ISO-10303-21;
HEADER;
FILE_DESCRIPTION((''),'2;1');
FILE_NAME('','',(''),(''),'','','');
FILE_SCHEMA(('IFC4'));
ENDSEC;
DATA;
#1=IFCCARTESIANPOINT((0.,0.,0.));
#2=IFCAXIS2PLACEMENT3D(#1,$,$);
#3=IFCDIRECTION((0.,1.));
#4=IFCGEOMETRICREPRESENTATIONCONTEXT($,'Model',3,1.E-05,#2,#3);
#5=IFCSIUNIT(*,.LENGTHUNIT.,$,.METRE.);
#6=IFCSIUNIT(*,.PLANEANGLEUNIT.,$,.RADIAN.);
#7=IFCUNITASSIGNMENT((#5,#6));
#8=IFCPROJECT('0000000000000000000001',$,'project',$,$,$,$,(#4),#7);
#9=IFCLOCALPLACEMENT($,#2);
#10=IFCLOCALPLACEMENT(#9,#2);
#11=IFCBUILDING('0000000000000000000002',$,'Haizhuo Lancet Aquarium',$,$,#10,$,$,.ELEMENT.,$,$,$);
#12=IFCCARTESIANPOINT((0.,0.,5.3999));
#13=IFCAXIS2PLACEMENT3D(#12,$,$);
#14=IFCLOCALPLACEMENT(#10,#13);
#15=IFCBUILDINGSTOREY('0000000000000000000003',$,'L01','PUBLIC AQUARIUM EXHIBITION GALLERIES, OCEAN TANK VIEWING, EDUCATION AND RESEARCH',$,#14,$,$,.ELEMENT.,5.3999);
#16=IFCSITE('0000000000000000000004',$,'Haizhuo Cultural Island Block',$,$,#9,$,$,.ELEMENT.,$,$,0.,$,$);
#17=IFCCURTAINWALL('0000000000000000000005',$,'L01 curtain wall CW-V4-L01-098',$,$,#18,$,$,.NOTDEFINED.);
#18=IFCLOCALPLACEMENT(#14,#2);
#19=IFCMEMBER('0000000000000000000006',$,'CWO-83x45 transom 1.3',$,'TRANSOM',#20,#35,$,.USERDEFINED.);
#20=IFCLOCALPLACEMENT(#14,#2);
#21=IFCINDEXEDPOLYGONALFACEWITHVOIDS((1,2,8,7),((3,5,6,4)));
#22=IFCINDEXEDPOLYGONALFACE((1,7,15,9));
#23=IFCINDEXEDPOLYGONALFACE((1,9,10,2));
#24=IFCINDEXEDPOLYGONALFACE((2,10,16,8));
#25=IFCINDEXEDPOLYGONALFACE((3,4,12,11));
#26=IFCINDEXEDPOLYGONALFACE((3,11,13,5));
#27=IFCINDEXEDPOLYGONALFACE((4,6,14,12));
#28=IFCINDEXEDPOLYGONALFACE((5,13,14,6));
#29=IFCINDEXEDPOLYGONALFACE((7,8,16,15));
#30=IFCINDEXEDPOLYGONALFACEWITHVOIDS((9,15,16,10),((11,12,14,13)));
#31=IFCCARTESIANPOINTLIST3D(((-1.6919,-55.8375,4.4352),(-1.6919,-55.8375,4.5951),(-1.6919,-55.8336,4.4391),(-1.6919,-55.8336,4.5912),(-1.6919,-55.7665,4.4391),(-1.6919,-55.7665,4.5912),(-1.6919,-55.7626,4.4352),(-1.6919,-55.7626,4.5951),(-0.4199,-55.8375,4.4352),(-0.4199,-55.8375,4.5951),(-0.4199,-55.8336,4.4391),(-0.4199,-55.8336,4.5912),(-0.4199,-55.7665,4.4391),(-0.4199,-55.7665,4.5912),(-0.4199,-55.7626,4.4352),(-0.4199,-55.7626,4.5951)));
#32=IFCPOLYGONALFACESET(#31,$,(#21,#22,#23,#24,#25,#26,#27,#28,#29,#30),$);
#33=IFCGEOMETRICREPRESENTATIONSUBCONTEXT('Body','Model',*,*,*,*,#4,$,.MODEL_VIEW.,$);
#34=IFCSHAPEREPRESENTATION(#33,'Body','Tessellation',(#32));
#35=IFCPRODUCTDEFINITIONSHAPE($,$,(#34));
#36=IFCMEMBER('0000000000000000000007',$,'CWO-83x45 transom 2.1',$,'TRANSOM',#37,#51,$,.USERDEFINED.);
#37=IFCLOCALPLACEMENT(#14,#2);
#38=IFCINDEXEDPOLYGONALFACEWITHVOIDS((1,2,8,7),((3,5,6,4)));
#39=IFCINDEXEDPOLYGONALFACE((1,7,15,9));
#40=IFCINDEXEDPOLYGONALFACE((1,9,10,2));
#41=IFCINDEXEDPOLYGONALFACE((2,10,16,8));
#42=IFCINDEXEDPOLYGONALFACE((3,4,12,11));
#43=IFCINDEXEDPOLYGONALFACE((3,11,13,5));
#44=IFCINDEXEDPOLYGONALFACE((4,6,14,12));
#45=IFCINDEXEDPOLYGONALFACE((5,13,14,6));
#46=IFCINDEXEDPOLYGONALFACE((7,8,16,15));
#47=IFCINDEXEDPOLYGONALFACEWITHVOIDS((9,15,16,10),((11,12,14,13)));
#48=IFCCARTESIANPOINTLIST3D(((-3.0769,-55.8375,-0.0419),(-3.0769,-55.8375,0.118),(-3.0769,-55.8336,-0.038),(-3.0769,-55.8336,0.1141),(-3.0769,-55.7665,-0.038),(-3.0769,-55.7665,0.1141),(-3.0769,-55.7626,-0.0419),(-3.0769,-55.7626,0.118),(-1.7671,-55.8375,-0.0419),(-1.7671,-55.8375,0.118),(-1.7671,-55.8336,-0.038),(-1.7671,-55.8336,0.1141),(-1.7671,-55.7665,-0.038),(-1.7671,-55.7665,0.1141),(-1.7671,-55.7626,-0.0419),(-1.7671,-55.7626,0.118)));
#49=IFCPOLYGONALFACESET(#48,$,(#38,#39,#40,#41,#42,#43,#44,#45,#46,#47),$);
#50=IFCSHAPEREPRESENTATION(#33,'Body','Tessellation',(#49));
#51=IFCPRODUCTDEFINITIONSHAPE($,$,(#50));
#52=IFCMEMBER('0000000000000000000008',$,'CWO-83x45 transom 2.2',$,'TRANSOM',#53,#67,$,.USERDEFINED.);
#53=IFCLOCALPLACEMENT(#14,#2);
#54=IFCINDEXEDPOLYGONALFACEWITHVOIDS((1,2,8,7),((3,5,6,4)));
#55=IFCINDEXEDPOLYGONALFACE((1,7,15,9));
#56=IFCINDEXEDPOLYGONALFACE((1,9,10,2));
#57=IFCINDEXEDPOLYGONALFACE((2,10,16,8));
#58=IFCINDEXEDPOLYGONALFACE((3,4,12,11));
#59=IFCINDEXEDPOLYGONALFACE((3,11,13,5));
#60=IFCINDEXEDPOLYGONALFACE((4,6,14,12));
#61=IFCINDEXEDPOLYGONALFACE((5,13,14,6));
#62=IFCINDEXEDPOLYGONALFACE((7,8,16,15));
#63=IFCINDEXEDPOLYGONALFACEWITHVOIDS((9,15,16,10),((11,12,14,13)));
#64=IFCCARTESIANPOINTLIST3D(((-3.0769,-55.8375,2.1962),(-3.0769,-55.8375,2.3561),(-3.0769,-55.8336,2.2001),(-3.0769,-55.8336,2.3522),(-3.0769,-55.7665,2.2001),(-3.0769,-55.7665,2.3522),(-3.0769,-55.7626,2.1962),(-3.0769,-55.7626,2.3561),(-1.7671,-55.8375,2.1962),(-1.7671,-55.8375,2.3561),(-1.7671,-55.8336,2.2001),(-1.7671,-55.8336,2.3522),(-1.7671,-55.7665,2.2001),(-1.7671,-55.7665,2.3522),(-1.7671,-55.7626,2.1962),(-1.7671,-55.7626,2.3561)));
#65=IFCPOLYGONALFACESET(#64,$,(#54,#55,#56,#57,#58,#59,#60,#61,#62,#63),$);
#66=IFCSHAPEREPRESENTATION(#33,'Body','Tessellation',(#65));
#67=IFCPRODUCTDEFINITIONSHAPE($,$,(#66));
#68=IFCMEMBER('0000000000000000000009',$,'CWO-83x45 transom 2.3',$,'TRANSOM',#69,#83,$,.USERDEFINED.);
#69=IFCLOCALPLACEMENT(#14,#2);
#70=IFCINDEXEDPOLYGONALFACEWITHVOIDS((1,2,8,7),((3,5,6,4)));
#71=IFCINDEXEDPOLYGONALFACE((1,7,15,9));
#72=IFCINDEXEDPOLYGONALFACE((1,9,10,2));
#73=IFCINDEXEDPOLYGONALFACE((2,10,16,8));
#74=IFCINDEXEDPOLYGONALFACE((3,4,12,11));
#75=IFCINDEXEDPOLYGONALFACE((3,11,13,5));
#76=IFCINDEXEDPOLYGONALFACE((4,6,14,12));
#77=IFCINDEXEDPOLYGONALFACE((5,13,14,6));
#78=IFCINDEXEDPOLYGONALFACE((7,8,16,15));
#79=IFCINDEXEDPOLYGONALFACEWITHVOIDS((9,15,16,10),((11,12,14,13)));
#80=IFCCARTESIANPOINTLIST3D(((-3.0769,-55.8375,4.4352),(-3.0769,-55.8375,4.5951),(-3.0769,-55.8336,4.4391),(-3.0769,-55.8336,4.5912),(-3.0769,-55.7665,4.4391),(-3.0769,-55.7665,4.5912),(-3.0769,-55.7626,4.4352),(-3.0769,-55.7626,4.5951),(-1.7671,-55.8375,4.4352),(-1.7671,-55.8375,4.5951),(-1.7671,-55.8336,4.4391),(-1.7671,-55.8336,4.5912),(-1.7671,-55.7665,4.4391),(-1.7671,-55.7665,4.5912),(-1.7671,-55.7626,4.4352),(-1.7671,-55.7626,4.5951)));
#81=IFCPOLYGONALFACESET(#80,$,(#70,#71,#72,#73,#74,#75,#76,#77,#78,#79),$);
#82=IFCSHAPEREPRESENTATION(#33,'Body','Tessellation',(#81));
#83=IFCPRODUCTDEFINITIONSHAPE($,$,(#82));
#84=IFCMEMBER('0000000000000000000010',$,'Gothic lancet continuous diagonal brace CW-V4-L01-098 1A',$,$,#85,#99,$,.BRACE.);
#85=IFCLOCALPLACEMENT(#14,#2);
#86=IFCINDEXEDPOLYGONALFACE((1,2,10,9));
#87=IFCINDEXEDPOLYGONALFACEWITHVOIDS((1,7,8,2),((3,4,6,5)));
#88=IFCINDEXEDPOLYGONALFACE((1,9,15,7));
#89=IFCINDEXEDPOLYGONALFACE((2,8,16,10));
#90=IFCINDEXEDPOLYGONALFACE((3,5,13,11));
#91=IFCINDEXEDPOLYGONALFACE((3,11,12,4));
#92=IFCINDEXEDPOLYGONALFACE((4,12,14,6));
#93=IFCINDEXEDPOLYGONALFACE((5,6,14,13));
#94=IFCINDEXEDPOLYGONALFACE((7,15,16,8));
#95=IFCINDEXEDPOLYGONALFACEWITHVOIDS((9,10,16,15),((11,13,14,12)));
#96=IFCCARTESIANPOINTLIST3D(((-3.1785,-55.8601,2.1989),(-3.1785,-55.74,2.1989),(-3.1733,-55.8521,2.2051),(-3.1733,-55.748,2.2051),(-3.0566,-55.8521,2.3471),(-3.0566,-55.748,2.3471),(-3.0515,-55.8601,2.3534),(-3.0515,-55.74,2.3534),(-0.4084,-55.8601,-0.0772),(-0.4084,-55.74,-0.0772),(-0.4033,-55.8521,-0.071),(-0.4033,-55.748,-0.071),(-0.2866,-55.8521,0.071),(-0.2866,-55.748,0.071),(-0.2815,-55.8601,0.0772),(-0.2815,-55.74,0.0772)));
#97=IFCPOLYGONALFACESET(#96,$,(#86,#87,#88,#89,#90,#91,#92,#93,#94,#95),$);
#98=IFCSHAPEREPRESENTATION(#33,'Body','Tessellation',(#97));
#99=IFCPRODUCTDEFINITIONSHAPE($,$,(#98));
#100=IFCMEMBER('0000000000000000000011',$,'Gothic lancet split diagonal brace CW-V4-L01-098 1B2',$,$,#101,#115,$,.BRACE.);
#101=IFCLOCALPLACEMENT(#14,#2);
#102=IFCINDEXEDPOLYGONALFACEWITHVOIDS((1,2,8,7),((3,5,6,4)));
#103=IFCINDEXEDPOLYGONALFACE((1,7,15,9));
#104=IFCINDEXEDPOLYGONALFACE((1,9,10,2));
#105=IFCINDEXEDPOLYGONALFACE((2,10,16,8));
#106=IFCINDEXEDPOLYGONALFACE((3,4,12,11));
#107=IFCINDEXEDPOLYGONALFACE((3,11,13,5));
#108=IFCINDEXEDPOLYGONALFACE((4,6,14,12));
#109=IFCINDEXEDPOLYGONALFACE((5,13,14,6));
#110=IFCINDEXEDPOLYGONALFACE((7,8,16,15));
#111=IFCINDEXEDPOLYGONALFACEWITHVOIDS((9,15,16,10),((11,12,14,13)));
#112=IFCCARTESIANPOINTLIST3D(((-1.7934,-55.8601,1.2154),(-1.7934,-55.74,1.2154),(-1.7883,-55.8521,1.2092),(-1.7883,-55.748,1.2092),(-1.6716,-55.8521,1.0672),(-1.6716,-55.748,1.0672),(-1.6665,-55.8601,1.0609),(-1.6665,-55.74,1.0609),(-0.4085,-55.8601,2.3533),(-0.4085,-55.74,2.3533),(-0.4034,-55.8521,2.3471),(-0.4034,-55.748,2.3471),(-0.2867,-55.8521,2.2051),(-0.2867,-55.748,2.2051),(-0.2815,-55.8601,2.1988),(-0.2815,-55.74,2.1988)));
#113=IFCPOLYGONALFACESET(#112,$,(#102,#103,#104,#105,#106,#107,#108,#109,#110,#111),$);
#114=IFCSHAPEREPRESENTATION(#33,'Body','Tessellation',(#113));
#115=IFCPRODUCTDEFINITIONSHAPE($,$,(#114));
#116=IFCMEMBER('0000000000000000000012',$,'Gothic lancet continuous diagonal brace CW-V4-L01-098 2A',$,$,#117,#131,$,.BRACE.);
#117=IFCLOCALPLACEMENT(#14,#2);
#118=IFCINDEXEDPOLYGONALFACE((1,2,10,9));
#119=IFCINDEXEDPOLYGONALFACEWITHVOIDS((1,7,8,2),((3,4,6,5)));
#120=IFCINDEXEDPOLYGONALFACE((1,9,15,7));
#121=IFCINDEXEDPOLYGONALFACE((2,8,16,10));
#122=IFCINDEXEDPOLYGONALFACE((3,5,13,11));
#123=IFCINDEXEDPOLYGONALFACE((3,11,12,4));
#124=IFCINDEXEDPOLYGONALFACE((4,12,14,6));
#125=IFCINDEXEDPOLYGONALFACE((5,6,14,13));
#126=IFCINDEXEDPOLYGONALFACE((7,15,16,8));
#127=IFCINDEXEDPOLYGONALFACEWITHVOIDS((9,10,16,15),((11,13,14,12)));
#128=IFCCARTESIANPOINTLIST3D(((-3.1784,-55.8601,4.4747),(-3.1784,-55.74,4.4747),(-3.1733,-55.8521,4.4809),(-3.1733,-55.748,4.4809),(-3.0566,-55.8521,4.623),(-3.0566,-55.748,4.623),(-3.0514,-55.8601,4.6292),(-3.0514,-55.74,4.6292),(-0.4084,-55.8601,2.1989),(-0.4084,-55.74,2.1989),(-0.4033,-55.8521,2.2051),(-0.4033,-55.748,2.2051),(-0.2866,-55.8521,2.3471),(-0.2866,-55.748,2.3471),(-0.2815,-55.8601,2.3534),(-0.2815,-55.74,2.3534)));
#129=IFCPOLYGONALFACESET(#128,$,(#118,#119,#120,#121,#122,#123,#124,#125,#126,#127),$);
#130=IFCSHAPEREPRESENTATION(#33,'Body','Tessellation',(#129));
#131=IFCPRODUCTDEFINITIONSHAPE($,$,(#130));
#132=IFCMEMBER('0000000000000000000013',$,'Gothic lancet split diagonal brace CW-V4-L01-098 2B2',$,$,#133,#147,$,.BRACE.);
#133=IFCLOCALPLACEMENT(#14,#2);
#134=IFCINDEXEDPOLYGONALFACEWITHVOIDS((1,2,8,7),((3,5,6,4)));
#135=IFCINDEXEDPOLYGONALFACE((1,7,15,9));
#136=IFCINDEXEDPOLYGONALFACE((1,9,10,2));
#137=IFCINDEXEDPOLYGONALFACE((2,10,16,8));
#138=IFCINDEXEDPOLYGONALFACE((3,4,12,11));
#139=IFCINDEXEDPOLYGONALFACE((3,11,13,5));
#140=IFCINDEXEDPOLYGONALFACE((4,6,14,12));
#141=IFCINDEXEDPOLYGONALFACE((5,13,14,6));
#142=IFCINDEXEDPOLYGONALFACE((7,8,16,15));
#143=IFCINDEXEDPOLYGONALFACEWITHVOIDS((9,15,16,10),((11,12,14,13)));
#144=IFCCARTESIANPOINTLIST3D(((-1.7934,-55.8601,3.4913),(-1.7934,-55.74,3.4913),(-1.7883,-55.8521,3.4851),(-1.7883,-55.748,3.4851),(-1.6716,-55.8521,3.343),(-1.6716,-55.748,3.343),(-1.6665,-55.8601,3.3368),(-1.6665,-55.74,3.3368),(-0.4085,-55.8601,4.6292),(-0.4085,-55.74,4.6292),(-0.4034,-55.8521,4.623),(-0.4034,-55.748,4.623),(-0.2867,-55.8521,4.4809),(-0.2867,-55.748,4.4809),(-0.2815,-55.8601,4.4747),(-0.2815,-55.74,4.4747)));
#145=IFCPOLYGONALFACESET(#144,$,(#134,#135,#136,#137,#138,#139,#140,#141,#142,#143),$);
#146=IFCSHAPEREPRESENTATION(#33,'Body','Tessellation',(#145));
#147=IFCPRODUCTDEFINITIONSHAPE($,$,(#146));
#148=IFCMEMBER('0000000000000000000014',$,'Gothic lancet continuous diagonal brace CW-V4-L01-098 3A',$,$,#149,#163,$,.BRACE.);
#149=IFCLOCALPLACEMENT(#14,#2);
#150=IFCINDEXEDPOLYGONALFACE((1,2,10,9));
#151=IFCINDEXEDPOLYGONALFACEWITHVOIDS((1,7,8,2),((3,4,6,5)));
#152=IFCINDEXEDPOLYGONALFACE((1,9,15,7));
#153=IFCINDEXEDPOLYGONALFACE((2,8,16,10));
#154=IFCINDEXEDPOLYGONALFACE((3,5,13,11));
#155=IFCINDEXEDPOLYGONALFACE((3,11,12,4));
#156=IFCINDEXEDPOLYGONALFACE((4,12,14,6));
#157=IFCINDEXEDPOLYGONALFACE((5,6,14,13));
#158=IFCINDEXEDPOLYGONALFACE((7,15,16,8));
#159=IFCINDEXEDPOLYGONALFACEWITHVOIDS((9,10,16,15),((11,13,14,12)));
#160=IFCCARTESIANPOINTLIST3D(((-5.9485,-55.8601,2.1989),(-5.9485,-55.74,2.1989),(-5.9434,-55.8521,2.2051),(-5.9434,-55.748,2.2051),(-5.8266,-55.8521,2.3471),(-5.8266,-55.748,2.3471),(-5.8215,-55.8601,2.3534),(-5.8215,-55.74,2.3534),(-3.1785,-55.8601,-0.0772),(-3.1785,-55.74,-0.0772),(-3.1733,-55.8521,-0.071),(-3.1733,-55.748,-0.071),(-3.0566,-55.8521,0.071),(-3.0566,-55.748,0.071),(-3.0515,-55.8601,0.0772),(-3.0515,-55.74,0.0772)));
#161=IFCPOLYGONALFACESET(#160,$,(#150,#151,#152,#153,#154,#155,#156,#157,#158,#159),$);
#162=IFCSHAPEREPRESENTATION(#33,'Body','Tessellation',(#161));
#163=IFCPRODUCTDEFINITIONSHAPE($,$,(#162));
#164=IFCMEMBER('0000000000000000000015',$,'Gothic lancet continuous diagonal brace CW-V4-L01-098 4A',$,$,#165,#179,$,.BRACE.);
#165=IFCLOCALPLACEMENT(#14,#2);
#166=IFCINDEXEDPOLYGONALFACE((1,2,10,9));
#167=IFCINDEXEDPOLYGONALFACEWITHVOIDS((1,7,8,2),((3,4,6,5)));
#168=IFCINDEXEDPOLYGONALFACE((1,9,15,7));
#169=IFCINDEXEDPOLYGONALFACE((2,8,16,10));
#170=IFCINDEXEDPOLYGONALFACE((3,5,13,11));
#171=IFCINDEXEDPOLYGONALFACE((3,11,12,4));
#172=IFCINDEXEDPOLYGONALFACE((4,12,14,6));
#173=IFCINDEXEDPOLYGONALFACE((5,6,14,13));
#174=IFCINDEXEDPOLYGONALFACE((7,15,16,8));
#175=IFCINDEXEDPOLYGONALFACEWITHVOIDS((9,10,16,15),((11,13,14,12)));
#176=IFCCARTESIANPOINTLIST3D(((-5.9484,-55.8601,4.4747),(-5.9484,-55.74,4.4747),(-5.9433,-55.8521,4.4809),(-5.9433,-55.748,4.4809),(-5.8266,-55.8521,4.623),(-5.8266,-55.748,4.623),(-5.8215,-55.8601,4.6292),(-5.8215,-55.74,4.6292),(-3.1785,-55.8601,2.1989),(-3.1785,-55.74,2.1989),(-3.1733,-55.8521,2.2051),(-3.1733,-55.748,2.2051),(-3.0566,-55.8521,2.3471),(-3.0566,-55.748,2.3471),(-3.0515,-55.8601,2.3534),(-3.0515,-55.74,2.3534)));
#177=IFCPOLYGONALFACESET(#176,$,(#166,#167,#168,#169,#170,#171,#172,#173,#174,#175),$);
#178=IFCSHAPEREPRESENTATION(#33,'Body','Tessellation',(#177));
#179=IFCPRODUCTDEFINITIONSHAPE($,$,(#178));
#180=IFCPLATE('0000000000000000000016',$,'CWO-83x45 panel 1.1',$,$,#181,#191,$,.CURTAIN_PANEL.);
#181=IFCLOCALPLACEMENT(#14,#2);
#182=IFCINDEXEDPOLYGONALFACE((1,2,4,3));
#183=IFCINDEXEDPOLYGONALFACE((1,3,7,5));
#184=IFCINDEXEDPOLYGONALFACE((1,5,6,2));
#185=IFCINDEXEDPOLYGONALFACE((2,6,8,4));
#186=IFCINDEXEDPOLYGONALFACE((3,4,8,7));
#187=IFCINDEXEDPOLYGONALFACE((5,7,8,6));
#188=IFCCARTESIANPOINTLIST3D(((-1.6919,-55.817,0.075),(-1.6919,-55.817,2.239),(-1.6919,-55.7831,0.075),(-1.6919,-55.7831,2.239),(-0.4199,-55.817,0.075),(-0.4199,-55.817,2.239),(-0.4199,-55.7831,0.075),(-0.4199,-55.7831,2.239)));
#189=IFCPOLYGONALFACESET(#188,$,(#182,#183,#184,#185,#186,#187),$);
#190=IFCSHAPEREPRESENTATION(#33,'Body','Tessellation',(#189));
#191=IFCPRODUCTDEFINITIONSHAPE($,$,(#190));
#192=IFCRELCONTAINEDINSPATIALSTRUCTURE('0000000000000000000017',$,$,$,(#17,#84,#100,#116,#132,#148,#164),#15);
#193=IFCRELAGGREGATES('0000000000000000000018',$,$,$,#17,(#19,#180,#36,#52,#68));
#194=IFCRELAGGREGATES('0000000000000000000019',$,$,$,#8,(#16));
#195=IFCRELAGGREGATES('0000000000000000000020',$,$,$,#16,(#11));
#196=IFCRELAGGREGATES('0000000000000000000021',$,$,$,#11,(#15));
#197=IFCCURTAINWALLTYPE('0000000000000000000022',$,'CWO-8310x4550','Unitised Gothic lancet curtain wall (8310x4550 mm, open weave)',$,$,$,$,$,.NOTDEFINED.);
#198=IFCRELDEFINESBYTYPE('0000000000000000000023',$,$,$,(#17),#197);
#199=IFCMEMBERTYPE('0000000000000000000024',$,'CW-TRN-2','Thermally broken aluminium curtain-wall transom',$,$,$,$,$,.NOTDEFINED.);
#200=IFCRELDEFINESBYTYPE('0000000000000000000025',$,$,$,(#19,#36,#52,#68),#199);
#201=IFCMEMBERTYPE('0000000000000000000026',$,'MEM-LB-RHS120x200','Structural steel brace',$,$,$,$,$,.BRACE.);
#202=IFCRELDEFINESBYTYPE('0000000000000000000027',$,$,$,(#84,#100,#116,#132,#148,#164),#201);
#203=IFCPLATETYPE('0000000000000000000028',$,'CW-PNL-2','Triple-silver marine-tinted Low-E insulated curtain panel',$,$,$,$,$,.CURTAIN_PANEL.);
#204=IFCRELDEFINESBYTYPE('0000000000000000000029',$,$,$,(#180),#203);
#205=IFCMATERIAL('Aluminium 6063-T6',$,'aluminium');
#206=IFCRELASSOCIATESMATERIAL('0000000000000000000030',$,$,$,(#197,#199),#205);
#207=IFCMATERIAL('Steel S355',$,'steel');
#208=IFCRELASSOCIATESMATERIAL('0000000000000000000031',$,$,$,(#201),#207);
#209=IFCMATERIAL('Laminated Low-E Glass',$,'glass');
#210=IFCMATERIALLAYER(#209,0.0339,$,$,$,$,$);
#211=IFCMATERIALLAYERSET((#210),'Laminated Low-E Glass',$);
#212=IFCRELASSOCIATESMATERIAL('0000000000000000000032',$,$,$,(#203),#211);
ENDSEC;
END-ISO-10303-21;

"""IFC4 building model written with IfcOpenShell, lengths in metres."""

from ifc_helpers import new_model, si_unit, direction, frame, origin, origin_2d, place, context, subcontext, project, spatial, rectangle, hollow_rectangle, extrude, material, layer, layer_set, material_profile, profile_set, type_object, element, aggregate, save


model = new_model("IFC4")

# Units and contexts
model_context = context("Model", 3, precision=1e-05, world=origin(), true_north=direction((0.0, 1.0)))
body_context = subcontext(model_context, "Body", "Model", "MODEL_VIEW")
ifc_project = project(units=[si_unit("LENGTHUNIT", "METRE"), si_unit("PLANEANGLEUNIT", "RADIAN")], contexts=[model_context])

# Site, building, storey
site_placement = place(None, origin())
site = spatial("IfcSite", under=ifc_project, at=site_placement, Name="Haizhuo Cultural Island Block", CompositionType="ELEMENT", RefElevation=0.0)
building_placement = place(site_placement, origin())
building = spatial("IfcBuilding", under=site, at=building_placement, Name="Haizhuo Lancet Aquarium", CompositionType="ELEMENT")
storey_placement = place(building_placement, frame((0.0, 0.0, 5.3999)))
storey = spatial("IfcBuildingStorey", under=building, at=storey_placement, Name="L01", Description="PUBLIC AQUARIUM EXHIBITION GALLERIES, OCEAN TANK VIEWING, EDUCATION AND RESEARCH", CompositionType="ELEMENT", Elevation=5.3999)

# Shared definitions
ifc_material_1 = material(Name="Steel S355", Category="steel")

# Curtain wall, members
ifc_material_2 = material(Name="Aluminium 6063-T6", Category="aluminium")
curtain_wall_type = type_object("IfcCurtainWallType", Name="CWO-8310x4550", Description="Unitised Gothic lancet curtain wall (8310x4550 mm, open weave)", PredefinedType="NOTDEFINED", material=ifc_material_2)
curtain_wall_placement = place(storey_placement, origin())
curtain_wall = element("IfcCurtainWall", 1, at=curtain_wall_placement, inside=storey, type_object=curtain_wall_type, Name="L01 curtain wall CW-V4-L01-098", PredefinedType="NOTDEFINED")
ifc_material_profile_1 = material_profile(ifc_material_2, hollow_rectangle(XDim=0.075, YDim=0.1599, WallThickness=0.0039, at=origin_2d()), Name="ALU-T 75x160x4")
ifc_profile_set_1 = profile_set([ifc_material_profile_1], Name="Aluminium 6063-T6")
member_type_1 = type_object("IfcMemberType", Name="CW-TRN-2", Description="Thermally broken aluminium curtain-wall transom", PredefinedType="NOTDEFINED", material=ifc_profile_set_1)
member_1_placement = place(storey_placement, frame((-0.4199, -55.8, 4.5151), z_axis=(-1.0, 0.0, 0.0), x_axis=(0.0, -1.0, 0.0)))
member_1 = element("IfcMember", 2, at=member_1_placement, type_object=member_type_1, Name="CWO-83x45 transom 1.3", ObjectType="TRANSOM", PredefinedType="USERDEFINED", context=body_context, shape_type="SweptSolid", body=[
    extrude(hollow_rectangle(XDim=0.075, YDim=0.1599, WallThickness=0.0039, at=origin_2d()), origin(), (0.0, 0.0, 1.0), 1.272),
])
member_2_placement = place(storey_placement, frame((-1.7671, -55.8, 0.0381), z_axis=(-1.0, 0.0, 0.0), x_axis=(0.0, -1.0, 0.0)))
member_2 = element("IfcMember", 3, at=member_2_placement, type_object=member_type_1, Name="CWO-83x45 transom 2.1", ObjectType="TRANSOM", PredefinedType="USERDEFINED", context=body_context, shape_type="SweptSolid", body=[
    extrude(hollow_rectangle(XDim=0.075, YDim=0.1599, WallThickness=0.0039, at=origin_2d()), origin(), (0.0, 0.0, 1.0), 1.3098),
])
member_3_placement = place(storey_placement, frame((-1.7671, -55.8, 2.2761), z_axis=(-1.0, 0.0, 0.0), x_axis=(0.0, -1.0, 0.0)))
member_3 = element("IfcMember", 4, at=member_3_placement, type_object=member_type_1, Name="CWO-83x45 transom 2.2", ObjectType="TRANSOM", PredefinedType="USERDEFINED", context=body_context, shape_type="SweptSolid", body=[
    extrude(hollow_rectangle(XDim=0.075, YDim=0.1599, WallThickness=0.0039, at=origin_2d()), origin(), (0.0, 0.0, 1.0), 1.3098),
])
member_4_placement = place(storey_placement, frame((-1.7671, -55.8, 4.5151), z_axis=(-1.0, 0.0, 0.0), x_axis=(0.0, -1.0, 0.0)))
member_4 = element("IfcMember", 5, at=member_4_placement, type_object=member_type_1, Name="CWO-83x45 transom 2.3", ObjectType="TRANSOM", PredefinedType="USERDEFINED", context=body_context, shape_type="SweptSolid", body=[
    extrude(hollow_rectangle(XDim=0.075, YDim=0.1599, WallThickness=0.0039, at=origin_2d()), origin(), (0.0, 0.0, 1.0), 1.3098),
])

# Members
ifc_material_profile_2 = material_profile(ifc_material_1, hollow_rectangle(XDim=0.1201, YDim=0.2, WallThickness=0.0081, at=origin_2d()), Name="RHS 120x200x8")
ifc_profile_set_2 = profile_set([ifc_material_profile_2], Name="Steel S355")
member_type_2 = type_object("IfcMemberType", Name="MEM-LB-RHS120x200", Description="Structural steel brace", PredefinedType="BRACE", material=ifc_profile_set_2)
member_5_placement = place(storey_placement, frame((-0.345, -55.8, 0.0), z_axis=(-0.772624, 0.0, 0.634864), x_axis=(0.0, -1.0, 0.0)))
element("IfcMember", 6, at=member_5_placement, inside=storey, type_object=member_type_2, Name="Gothic lancet continuous diagonal brace CW-V4-L01-098 1A", PredefinedType="BRACE", context=body_context, shape_type="SweptSolid", body=[
    extrude(hollow_rectangle(XDim=0.1201, YDim=0.2, WallThickness=0.0081, at=origin_2d()), origin(), (0.0, 0.0, 1.0), 3.5852),
])
member_6_placement = place(storey_placement, frame((-1.73, -55.8, 1.1382), z_axis=(0.772657, 0.0, 0.634824), x_axis=(0.0, 1.0, 0.0)))
element("IfcMember", 7, at=member_6_placement, inside=storey, type_object=member_type_2, Name="Gothic lancet split diagonal brace CW-V4-L01-098 1B2", PredefinedType="BRACE", context=body_context, shape_type="SweptSolid", body=[
    extrude(hollow_rectangle(XDim=0.1201, YDim=0.2, WallThickness=0.0081, at=origin_2d()), origin(), (0.0, 0.0, 1.0), 1.7925),
])
member_7_placement = place(storey_placement, frame((-0.345, -55.8, 2.2761), z_axis=(-0.772657, 0.0, 0.634824), x_axis=(0.0, -1.0, 0.0)))
element("IfcMember", 8, at=member_7_placement, inside=storey, type_object=member_type_2, Name="Gothic lancet continuous diagonal brace CW-V4-L01-098 2A", PredefinedType="BRACE", context=body_context, shape_type="SweptSolid", body=[
    extrude(hollow_rectangle(XDim=0.1201, YDim=0.2, WallThickness=0.0081, at=origin_2d()), origin(), (0.0, 0.0, 1.0), 3.585),
])
member_8_placement = place(storey_placement, frame((-1.73, -55.8, 3.4141), z_axis=(0.772657, 0.0, 0.634824), x_axis=(0.0, 1.0, 0.0)))
element("IfcMember", 9, at=member_8_placement, inside=storey, type_object=member_type_2, Name="Gothic lancet split diagonal brace CW-V4-L01-098 2B2", PredefinedType="BRACE", context=body_context, shape_type="SweptSolid", body=[
    extrude(hollow_rectangle(XDim=0.1201, YDim=0.2, WallThickness=0.0081, at=origin_2d()), origin(), (0.0, 0.0, 1.0), 1.7925),
])
member_9_placement = place(storey_placement, frame((-3.115, -55.8, 0.0), z_axis=(-0.772624, 0.0, 0.634864), x_axis=(0.0, -1.0, 0.0)))
element("IfcMember", 10, at=member_9_placement, inside=storey, type_object=member_type_2, Name="Gothic lancet continuous diagonal brace CW-V4-L01-098 3A", PredefinedType="BRACE", context=body_context, shape_type="SweptSolid", body=[
    extrude(hollow_rectangle(XDim=0.1201, YDim=0.2, WallThickness=0.0081, at=origin_2d()), origin(), (0.0, 0.0, 1.0), 3.5852),
])
member_10_placement = place(storey_placement, frame((-3.115, -55.8, 2.2761), z_axis=(-0.772657, 0.0, 0.634824), x_axis=(0.0, -1.0, 0.0)))
element("IfcMember", 11, at=member_10_placement, inside=storey, type_object=member_type_2, Name="Gothic lancet continuous diagonal brace CW-V4-L01-098 4A", PredefinedType="BRACE", context=body_context, shape_type="SweptSolid", body=[
    extrude(hollow_rectangle(XDim=0.1201, YDim=0.2, WallThickness=0.0081, at=origin_2d()), origin(), (0.0, 0.0, 1.0), 3.585),
])

# Plate
ifc_material_3 = material(Name="Laminated Low-E Glass", Category="glass")
ifc_layer_1 = layer(ifc_material_3, 0.0339)
ifc_layer_set_1 = layer_set([ifc_layer_1], Name="Laminated Low-E Glass")
plate_type = type_object("IfcPlateType", Name="CW-PNL-2", Description="Triple-silver marine-tinted Low-E insulated curtain panel", PredefinedType="CURTAIN_PANEL", material=ifc_layer_set_1)
plate_1_placement = place(storey_placement, frame((-1.0559, -55.8, 0.075), z_axis=(0.0, 0.0, 1.0), x_axis=(-1.0, 0.0, 0.0)))
plate_1 = element("IfcPlate", 12, at=plate_1_placement, type_object=plate_type, Name="CWO-83x45 panel 1.1", PredefinedType="CURTAIN_PANEL", context=body_context, shape_type="SweptSolid", body=[
    extrude(rectangle(XDim=1.272, YDim=0.0339, at=origin_2d()), origin(), (0.0, 0.0, 1.0), 2.1641),
])
aggregate(curtain_wall, [member_1, plate_1, member_2, member_3, member_4])

save(model, "model.ifc")
